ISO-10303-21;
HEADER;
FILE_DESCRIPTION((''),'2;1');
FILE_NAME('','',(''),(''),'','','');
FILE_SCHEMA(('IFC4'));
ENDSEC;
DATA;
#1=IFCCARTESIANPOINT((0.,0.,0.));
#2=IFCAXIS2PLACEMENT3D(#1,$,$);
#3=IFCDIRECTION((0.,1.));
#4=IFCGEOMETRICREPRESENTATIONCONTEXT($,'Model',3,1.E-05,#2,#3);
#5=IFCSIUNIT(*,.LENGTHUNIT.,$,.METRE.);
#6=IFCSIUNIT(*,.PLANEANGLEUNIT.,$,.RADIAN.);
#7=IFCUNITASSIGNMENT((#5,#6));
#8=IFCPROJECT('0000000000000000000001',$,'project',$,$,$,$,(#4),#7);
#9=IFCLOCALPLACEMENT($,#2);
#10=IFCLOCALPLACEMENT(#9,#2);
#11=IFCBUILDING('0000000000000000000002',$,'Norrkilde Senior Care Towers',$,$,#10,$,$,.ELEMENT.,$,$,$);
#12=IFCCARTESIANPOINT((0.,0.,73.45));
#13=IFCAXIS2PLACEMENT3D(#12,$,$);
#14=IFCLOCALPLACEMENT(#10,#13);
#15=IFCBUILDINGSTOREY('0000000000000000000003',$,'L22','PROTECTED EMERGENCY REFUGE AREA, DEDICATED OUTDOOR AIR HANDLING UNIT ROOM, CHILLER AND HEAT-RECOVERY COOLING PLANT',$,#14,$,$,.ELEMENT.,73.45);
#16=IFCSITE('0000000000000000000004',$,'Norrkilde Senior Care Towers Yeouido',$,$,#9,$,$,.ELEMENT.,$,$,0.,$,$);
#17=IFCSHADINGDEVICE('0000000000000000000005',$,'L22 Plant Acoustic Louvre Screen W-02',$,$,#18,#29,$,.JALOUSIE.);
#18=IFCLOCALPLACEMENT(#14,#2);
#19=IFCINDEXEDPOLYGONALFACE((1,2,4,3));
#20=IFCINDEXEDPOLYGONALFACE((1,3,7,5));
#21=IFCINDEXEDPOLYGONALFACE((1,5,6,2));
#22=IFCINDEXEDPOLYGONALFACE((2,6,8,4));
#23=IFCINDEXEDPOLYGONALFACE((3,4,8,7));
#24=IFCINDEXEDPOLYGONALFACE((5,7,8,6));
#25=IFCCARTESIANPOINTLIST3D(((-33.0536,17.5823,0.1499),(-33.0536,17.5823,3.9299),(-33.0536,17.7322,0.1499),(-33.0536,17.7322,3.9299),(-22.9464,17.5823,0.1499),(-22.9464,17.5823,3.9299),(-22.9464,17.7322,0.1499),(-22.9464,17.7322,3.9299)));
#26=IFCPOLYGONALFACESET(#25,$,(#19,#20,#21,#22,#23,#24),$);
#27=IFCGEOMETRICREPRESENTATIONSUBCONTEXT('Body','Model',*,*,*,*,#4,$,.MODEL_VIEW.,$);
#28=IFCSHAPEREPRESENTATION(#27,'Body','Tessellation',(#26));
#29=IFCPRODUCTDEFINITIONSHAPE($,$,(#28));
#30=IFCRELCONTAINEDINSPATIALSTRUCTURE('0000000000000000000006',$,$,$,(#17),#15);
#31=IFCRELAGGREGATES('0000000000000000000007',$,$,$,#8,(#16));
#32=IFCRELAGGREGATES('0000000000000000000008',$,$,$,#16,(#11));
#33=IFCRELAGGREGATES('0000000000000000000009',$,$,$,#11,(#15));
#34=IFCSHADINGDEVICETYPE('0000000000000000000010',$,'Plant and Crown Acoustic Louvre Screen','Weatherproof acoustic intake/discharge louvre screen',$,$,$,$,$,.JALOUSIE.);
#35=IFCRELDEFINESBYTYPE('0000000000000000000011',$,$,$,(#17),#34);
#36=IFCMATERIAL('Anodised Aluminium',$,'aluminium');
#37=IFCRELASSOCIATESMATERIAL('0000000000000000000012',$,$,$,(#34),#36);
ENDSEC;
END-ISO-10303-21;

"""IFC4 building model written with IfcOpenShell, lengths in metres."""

from ifc_helpers import new_model, si_unit, direction, frame, origin, origin_2d, place, context, subcontext, project, spatial, rectangle, extrude, source, transform, mapped, material, type_object, type_shapes, element, save


model = new_model("IFC4")

# Units and contexts
model_context = context("Model", 3, precision=1e-05, world=origin(), true_north=direction((0.0, 1.0)))
body_context = subcontext(model_context, "Body", "Model", "MODEL_VIEW")
ifc_project = project(units=[si_unit("LENGTHUNIT", "METRE"), si_unit("PLANEANGLEUNIT", "RADIAN")], contexts=[model_context])

# Site, building, storey
site_placement = place(None, origin())
site = spatial("IfcSite", under=ifc_project, at=site_placement, Name="Norrkilde Senior Care Towers Yeouido", CompositionType="ELEMENT", RefElevation=0.0)
building_placement = place(site_placement, origin())
building = spatial("IfcBuilding", under=site, at=building_placement, Name="Norrkilde Senior Care Towers", CompositionType="ELEMENT")
storey_placement = place(building_placement, frame((0.0, 0.0, 73.45)))
storey = spatial("IfcBuildingStorey", under=building, at=storey_placement, Name="L22", Description="PROTECTED EMERGENCY REFUGE AREA, DEDICATED OUTDOOR AIR HANDLING UNIT ROOM, CHILLER AND HEAT-RECOVERY COOLING PLANT", CompositionType="ELEMENT", Elevation=73.45)

# Shared definitions
ifc_material_1 = material(Name="Anodised Aluminium", Category="aluminium")

# Shading device
shading_device_type = type_object("IfcShadingDeviceType", Name="Plant and Crown Acoustic Louvre Screen", Description="Weatherproof acoustic intake/discharge louvre screen", PredefinedType="JALOUSIE", material=ifc_material_1)
shared_shape_1 = source(origin(), body_context, "Body", "SweptSolid", [
    extrude(rectangle(XDim=10.1072, YDim=0.1499, at=origin_2d()), origin(), (0.0, 0.0, 1.0), 3.78),
])
type_shapes(shading_device_type, [shared_shape_1])
shading_device_placement = place(storey_placement, frame((-28.0, 17.6572, 0.1499), z_axis=(0.0, 0.0, 1.0), x_axis=(1.0, 0.0, 0.0)))
element("IfcShadingDevice", 1, at=shading_device_placement, inside=storey, type_object=shading_device_type, Name="L22 Plant Acoustic Louvre Screen W-02", PredefinedType="JALOUSIE", context=body_context, shape_type="MappedRepresentation", body=[
    mapped(shared_shape_1, transform((0.0, 0.0, 0.0), x_axis=(1.0, 0.0, 0.0), y_axis=(0.0, 1.0, 0.0), z_axis=(0.0, 0.0, 1.0), scale=1.0)),
])

save(model, "model.ifc")
